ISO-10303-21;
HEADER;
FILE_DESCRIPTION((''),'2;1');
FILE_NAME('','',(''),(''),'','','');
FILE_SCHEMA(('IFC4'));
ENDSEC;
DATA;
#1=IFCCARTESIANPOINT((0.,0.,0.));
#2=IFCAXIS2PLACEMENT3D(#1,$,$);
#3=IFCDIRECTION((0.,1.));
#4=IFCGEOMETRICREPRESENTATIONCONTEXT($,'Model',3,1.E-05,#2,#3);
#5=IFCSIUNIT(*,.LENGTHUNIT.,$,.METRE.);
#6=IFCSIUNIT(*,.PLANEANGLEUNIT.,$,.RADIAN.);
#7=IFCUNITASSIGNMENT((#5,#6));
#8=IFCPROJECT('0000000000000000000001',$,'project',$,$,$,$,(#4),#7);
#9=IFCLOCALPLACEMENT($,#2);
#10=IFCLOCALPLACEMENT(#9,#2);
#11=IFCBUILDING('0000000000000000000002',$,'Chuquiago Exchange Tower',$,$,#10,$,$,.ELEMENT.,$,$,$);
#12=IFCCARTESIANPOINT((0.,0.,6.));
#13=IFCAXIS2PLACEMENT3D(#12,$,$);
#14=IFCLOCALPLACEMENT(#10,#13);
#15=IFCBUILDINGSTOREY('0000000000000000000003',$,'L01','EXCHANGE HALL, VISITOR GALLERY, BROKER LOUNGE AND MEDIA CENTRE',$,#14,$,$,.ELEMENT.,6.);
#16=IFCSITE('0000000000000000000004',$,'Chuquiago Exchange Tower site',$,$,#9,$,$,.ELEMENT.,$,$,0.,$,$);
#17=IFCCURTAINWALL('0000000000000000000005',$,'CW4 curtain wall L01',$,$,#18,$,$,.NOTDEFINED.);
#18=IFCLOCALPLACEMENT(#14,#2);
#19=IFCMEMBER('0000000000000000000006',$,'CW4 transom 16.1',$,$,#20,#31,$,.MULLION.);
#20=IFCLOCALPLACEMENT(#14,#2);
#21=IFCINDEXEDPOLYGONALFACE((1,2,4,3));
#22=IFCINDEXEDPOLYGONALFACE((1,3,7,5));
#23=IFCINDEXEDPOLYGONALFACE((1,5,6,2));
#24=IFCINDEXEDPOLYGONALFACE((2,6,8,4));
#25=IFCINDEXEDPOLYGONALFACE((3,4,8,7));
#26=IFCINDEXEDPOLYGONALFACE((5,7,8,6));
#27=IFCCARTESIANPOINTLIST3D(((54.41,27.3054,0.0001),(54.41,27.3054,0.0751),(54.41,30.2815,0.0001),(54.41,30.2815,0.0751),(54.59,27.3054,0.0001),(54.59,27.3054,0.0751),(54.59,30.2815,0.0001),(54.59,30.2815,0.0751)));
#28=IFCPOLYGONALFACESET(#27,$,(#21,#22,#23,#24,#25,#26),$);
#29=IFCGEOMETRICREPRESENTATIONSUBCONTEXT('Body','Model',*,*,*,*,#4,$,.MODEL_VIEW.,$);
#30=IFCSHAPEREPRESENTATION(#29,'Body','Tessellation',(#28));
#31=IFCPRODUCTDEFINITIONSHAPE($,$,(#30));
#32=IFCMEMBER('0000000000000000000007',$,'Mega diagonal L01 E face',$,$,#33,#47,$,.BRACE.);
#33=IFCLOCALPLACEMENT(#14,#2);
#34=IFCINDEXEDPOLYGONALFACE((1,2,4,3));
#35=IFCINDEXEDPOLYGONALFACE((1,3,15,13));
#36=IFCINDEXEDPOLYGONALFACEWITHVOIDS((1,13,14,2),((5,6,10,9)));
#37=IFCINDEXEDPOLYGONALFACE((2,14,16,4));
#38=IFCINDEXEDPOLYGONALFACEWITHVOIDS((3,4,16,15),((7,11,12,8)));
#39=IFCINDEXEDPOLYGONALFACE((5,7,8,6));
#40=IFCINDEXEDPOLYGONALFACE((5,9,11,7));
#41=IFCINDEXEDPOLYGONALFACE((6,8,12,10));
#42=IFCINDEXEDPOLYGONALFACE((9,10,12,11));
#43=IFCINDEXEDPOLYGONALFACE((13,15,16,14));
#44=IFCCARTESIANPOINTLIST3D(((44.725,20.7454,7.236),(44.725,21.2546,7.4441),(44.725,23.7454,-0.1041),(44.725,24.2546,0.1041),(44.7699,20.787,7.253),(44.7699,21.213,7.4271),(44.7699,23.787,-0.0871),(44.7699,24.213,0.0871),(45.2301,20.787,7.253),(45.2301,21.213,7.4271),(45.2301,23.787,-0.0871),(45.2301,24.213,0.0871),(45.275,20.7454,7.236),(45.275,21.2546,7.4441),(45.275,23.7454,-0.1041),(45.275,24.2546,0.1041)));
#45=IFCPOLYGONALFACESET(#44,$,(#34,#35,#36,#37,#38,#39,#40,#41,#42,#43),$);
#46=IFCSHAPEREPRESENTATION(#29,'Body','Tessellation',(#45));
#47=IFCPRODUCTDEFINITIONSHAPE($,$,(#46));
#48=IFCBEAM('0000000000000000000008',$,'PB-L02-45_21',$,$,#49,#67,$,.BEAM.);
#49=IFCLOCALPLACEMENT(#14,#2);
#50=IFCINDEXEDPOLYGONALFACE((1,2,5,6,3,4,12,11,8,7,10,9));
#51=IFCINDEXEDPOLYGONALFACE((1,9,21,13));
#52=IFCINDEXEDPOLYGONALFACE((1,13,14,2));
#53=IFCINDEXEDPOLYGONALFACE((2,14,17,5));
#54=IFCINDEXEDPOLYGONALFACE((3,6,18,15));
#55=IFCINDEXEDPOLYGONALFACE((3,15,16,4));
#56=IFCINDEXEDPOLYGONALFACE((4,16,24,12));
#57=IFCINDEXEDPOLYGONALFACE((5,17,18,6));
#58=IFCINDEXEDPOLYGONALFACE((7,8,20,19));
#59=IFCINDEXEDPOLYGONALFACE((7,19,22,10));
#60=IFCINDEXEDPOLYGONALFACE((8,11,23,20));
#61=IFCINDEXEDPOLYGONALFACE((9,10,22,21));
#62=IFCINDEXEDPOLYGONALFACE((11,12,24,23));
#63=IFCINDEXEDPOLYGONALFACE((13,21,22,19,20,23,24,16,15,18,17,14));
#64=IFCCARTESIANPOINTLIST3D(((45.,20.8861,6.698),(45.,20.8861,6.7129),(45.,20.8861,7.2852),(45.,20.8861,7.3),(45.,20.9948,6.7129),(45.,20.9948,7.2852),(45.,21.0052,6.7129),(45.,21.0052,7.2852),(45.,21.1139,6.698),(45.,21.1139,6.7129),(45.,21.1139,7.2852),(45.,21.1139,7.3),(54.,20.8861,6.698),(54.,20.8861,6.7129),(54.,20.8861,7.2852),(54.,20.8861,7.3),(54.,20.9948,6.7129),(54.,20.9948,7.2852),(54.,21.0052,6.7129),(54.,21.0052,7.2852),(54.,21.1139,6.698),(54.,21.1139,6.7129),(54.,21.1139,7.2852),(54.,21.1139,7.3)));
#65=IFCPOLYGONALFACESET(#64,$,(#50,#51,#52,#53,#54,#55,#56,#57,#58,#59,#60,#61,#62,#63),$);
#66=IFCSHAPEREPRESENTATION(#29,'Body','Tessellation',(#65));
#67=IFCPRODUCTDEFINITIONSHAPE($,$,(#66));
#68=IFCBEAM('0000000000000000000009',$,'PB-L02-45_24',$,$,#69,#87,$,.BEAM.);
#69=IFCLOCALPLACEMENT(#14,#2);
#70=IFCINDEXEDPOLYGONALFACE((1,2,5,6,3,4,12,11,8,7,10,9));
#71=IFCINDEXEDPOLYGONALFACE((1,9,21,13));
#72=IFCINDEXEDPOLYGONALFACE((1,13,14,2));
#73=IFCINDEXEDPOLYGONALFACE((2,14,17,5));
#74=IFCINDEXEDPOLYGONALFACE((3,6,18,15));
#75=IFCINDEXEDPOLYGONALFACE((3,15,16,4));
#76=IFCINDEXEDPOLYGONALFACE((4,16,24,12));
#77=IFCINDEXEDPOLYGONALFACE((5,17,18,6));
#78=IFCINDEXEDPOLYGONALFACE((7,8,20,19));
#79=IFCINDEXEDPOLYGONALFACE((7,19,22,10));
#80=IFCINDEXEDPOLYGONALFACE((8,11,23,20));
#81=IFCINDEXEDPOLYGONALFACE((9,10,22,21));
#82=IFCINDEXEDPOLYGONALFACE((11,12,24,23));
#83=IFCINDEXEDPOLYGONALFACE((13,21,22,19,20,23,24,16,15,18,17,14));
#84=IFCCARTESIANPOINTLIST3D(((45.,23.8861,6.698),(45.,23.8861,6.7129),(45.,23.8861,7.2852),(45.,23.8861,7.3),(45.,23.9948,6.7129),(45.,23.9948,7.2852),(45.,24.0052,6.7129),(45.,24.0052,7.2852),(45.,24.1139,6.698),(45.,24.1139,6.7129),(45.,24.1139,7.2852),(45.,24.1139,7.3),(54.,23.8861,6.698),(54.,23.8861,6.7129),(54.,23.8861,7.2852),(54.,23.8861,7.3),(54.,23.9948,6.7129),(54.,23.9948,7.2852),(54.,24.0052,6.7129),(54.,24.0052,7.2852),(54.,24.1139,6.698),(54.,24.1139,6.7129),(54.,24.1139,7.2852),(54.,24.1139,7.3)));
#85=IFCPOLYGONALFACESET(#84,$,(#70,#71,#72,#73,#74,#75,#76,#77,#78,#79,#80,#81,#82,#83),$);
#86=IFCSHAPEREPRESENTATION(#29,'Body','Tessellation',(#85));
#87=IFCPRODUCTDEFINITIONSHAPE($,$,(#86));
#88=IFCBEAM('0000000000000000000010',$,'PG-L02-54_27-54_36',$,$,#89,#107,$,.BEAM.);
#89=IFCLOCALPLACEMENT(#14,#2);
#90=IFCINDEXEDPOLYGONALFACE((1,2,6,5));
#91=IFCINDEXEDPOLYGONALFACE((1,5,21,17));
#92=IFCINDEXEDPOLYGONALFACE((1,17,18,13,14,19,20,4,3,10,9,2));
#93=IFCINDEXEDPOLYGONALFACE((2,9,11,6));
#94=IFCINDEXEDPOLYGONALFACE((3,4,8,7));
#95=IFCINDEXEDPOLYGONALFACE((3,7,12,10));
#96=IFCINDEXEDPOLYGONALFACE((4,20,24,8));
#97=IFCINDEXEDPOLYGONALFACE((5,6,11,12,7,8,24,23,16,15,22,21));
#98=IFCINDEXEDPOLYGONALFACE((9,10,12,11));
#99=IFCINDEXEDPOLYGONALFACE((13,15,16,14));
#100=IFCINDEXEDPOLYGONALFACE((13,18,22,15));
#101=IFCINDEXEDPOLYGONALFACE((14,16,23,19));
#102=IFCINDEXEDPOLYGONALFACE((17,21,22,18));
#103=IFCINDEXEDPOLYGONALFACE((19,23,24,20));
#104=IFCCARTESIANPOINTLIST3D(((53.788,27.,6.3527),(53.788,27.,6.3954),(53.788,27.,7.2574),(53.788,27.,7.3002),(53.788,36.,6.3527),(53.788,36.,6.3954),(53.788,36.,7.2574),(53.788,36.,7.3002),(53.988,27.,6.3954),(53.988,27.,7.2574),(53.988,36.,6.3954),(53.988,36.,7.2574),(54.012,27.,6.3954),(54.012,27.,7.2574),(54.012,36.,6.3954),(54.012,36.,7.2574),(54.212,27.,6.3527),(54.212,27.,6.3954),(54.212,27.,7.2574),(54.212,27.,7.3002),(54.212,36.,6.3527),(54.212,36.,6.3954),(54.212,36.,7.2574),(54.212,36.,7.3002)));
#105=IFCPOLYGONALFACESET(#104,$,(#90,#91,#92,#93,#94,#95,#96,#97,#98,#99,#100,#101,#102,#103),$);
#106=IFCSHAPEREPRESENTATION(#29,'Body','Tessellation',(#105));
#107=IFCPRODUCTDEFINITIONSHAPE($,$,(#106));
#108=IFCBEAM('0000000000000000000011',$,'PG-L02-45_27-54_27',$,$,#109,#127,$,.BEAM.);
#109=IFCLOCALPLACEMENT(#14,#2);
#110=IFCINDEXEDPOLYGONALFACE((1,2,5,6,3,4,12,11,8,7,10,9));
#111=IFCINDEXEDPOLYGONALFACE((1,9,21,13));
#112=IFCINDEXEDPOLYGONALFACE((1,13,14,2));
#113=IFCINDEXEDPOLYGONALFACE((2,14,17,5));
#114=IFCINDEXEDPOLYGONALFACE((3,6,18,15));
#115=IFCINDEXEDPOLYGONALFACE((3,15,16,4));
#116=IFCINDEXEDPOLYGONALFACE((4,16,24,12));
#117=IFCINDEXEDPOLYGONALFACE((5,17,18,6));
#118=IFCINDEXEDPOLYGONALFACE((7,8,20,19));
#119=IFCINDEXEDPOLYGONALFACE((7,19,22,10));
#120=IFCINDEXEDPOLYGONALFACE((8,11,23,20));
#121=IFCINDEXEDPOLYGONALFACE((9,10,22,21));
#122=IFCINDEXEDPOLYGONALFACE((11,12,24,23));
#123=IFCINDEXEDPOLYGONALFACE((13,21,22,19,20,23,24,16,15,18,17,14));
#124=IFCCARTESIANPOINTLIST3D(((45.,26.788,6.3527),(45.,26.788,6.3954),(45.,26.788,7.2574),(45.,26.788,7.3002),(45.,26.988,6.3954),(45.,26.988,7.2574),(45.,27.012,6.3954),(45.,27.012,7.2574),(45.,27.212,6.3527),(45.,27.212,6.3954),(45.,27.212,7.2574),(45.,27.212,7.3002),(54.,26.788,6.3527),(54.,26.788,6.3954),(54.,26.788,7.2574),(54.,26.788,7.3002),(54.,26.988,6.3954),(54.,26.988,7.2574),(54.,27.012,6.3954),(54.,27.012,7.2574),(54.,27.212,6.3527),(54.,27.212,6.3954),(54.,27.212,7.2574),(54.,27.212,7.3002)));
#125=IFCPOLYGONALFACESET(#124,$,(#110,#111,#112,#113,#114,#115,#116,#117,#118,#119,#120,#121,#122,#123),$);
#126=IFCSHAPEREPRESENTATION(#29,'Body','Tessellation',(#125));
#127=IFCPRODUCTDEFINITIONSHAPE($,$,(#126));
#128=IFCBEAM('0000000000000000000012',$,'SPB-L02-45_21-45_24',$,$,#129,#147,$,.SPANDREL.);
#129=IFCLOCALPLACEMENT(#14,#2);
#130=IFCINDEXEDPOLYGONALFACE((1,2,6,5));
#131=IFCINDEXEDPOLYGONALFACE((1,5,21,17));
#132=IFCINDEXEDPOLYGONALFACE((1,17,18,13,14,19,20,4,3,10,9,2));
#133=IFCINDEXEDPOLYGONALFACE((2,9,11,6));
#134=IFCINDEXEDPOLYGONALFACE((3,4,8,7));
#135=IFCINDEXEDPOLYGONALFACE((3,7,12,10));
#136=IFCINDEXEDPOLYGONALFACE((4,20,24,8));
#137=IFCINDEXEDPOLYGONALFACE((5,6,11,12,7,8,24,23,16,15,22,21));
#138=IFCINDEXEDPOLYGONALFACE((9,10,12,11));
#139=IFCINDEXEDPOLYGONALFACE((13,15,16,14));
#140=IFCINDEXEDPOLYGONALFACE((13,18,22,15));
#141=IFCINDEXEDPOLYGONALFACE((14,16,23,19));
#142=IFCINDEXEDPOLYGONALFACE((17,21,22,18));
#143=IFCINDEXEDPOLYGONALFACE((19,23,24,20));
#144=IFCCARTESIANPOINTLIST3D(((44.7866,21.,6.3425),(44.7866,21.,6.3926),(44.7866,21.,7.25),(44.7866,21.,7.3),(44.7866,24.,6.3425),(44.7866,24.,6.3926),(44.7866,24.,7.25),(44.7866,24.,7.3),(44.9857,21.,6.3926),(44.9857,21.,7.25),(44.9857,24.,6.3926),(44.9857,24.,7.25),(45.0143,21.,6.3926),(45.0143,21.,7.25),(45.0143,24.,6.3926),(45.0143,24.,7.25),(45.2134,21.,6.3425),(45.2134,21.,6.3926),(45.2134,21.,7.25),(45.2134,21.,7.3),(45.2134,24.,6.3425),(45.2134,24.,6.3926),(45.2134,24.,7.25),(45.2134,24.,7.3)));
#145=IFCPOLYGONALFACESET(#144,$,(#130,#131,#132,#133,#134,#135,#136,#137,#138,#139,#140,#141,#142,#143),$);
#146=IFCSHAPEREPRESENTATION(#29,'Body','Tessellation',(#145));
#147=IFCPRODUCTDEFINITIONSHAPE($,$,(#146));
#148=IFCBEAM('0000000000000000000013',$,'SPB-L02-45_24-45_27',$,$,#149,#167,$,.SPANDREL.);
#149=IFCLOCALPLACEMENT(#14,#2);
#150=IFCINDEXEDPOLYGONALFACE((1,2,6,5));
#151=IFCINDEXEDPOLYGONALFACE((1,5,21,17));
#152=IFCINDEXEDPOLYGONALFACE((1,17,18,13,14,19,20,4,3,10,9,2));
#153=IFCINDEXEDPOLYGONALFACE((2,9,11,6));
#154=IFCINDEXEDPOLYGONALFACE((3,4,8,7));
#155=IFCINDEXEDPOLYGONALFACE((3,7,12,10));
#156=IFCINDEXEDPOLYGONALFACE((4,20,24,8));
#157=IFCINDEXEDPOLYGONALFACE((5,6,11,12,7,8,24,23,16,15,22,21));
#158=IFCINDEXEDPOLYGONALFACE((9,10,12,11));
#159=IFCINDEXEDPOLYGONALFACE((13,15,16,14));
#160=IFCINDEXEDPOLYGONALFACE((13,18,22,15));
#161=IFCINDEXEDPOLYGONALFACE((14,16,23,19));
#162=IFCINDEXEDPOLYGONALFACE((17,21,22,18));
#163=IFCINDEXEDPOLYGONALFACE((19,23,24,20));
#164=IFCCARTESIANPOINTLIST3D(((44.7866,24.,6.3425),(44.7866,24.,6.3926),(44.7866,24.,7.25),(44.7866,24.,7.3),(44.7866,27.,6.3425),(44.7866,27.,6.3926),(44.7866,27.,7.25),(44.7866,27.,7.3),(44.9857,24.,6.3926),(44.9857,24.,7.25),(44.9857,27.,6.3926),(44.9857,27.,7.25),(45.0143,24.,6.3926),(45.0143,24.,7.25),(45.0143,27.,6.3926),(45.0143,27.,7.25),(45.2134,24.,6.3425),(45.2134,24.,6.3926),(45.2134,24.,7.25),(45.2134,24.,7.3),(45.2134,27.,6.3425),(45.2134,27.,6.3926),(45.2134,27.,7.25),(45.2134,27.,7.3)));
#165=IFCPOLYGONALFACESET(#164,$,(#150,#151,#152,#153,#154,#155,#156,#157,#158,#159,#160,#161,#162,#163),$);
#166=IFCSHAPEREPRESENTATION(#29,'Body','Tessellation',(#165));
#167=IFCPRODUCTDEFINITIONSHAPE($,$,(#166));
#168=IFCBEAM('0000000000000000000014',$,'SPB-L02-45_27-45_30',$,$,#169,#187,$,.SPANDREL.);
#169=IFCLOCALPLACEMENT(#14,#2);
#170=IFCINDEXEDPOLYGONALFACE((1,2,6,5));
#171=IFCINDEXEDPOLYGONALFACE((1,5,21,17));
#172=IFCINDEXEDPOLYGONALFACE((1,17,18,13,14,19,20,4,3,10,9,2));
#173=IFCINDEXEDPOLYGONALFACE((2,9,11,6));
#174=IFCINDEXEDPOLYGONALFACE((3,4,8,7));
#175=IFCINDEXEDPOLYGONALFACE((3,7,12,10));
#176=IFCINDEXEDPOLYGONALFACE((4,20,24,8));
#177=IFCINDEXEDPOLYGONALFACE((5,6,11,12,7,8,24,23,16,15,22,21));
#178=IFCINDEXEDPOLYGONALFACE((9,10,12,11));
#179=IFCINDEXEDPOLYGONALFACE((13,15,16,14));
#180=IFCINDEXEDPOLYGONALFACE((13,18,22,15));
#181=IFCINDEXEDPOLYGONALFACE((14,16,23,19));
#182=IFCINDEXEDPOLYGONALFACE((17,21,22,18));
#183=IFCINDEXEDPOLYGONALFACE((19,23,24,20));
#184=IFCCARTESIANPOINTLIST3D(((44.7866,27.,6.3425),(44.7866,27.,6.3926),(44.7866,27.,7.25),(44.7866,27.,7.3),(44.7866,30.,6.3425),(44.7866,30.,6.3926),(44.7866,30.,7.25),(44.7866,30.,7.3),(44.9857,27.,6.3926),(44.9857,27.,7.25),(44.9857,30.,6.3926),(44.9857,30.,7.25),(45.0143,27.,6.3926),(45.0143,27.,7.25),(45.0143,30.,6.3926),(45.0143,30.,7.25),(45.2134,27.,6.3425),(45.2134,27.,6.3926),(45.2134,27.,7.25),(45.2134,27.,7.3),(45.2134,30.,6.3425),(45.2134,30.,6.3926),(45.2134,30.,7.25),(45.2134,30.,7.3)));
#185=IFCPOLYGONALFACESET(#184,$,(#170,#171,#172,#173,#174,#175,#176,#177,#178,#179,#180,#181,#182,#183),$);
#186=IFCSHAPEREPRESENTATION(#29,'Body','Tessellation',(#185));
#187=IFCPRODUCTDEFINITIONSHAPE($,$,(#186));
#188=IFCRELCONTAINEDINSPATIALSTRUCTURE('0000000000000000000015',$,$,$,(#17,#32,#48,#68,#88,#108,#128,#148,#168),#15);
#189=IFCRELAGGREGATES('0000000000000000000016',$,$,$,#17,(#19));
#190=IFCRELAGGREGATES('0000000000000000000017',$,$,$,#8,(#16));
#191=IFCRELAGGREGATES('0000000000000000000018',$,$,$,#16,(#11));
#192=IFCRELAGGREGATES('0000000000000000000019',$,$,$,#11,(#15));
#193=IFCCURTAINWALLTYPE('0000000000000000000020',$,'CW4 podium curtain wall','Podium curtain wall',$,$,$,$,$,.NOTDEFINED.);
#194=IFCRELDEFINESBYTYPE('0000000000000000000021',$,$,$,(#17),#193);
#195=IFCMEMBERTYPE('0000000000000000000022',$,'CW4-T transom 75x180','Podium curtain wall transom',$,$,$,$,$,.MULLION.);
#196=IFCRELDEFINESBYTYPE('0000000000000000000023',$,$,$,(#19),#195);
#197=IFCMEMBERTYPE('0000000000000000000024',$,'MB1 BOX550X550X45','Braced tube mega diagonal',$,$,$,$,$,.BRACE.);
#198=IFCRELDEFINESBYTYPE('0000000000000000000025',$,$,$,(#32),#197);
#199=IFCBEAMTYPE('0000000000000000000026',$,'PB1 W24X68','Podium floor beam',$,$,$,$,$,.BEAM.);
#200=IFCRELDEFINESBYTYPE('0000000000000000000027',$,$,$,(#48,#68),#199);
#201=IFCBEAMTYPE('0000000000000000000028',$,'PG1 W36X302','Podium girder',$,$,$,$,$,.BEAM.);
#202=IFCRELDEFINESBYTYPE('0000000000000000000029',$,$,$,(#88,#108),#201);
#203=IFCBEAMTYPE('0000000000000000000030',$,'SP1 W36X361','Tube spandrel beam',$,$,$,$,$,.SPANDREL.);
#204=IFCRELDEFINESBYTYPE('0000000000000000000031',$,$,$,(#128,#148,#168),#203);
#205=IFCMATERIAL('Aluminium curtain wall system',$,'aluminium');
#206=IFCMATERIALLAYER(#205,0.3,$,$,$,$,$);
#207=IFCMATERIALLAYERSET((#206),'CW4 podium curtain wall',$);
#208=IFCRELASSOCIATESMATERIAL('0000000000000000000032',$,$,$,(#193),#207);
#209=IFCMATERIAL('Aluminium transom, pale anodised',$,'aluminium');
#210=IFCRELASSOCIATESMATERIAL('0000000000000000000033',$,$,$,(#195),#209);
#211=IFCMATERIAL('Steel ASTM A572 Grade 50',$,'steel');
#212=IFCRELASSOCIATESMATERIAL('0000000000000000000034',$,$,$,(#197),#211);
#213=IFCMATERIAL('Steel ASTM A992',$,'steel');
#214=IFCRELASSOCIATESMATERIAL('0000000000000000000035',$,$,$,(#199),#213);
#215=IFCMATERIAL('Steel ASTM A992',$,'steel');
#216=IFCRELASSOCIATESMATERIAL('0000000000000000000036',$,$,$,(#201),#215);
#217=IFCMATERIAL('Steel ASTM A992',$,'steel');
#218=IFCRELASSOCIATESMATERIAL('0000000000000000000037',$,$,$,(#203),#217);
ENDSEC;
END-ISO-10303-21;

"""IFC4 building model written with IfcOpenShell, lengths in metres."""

from ifc_helpers import new_model, si_unit, direction, frame, origin, origin_2d, place, context, subcontext, project, spatial, rectangle, hollow_rectangle, i_section, extrude, material, layer, layer_set, material_profile, profile_set, type_object, element, aggregate, save


model = new_model("IFC4")

# Units and contexts
model_context = context("Model", 3, precision=1e-05, world=origin(), true_north=direction((0.0, 1.0)))
body_context = subcontext(model_context, "Body", "Model", "MODEL_VIEW")
ifc_project = project(units=[si_unit("LENGTHUNIT", "METRE"), si_unit("PLANEANGLEUNIT", "RADIAN")], contexts=[model_context])

# Site, building, storey
site_placement = place(None, origin())
site = spatial("IfcSite", under=ifc_project, at=site_placement, Name="Chuquiago Exchange Tower site", CompositionType="ELEMENT", RefElevation=0.0)
building_placement = place(site_placement, origin())
building = spatial("IfcBuilding", under=site, at=building_placement, Name="Chuquiago Exchange Tower", CompositionType="ELEMENT")
storey_placement = place(building_placement, frame((0.0, 0.0, 6.0)))
storey = spatial("IfcBuildingStorey", under=building, at=storey_placement, Name="L01", Description="EXCHANGE HALL, VISITOR GALLERY, BROKER LOUNGE AND MEDIA CENTRE", CompositionType="ELEMENT", Elevation=6.0)

# Curtain wall, member
ifc_material_1 = material(Name="Aluminium curtain wall system", Category="aluminium")
ifc_layer_1 = layer(ifc_material_1, 0.3)
ifc_layer_set_1 = layer_set([ifc_layer_1], Name="CW4 podium curtain wall")
curtain_wall_type = type_object("IfcCurtainWallType", Name="CW4 podium curtain wall", Description="Podium curtain wall", PredefinedType="NOTDEFINED", material=ifc_layer_set_1)
curtain_wall_placement = place(storey_placement, origin())
curtain_wall = element("IfcCurtainWall", 1, at=curtain_wall_placement, inside=storey, type_object=curtain_wall_type, Name="CW4 curtain wall L01", PredefinedType="NOTDEFINED")
ifc_material_2 = material(Name="Aluminium transom, pale anodised", Category="aluminium")
ifc_material_profile_1 = material_profile(ifc_material_2, rectangle(XDim=0.1799, YDim=0.075, at=origin_2d()), Name="AL 180x75")
ifc_profile_set_1 = profile_set([ifc_material_profile_1], Name="Aluminium transom, pale anodised")
member_type_1 = type_object("IfcMemberType", Name="CW4-T transom 75x180", Description="Podium curtain wall transom", PredefinedType="MULLION", material=ifc_profile_set_1)
member_1_placement = place(storey_placement, frame((54.5, 27.3054, 0.0376), z_axis=(0.0, 1.0, 0.0), x_axis=(-1.0, 0.0, 0.0)))
member_1 = element("IfcMember", 2, at=member_1_placement, type_object=member_type_1, Name="CW4 transom 16.1", PredefinedType="MULLION", context=body_context, shape_type="SweptSolid", body=[
    extrude(rectangle(XDim=0.1799, YDim=0.075, at=origin_2d()), origin(), (0.0, 0.0, 1.0), 2.9761),
])

# Member
ifc_material_3 = material(Name="Steel ASTM A572 Grade 50", Category="steel")
ifc_material_profile_2 = material_profile(ifc_material_3, hollow_rectangle(XDim=0.55, YDim=0.55, WallThickness=0.0449, at=origin_2d()), Name="BOX550X550X45")
ifc_profile_set_2 = profile_set([ifc_material_profile_2], Name="Steel ASTM A572 Grade 50")
member_type_2 = type_object("IfcMemberType", Name="MB1 BOX550X550X45", Description="Braced tube mega diagonal", PredefinedType="BRACE", material=ifc_profile_set_2)
member_2_placement = place(storey_placement, frame((45.0, 24.0, 0.0), z_axis=(0.0, -0.378334, 0.925669), x_axis=(1.0, 0.0, 0.0)))
element("IfcMember", 3, at=member_2_placement, inside=storey, type_object=member_type_2, Name="Mega diagonal L01 E face", PredefinedType="BRACE", context=body_context, shape_type="SweptSolid", body=[
    extrude(hollow_rectangle(XDim=0.55, YDim=0.55, WallThickness=0.0449, at=origin_2d()), origin(), (0.0, 0.0, 1.0), 7.9294),
])

# Beams
ifc_material_4 = material(Name="Steel ASTM A992", Category="steel")
ifc_material_profile_3 = material_profile(ifc_material_4, i_section(OverallWidth=0.2278, OverallDepth=0.6021, WebThickness=0.0105, FlangeThickness=0.0149, at=origin_2d()), Name="W24X68")
ifc_profile_set_3 = profile_set([ifc_material_profile_3], Name="Steel ASTM A992")
beam_type_1 = type_object("IfcBeamType", Name="PB1 W24X68", Description="Podium floor beam", PredefinedType="BEAM", material=ifc_profile_set_3)
for number, where, z_axis, x_axis, name in (
    (4, (45.0, 21.0, 6.999), (1.0, 0.0, 0.0), (0.0, 1.0, 0.0), "PB-L02-45_21"),
    (5, (45.0, 24.0, 6.999), (1.0, 0.0, 0.0), (0.0, 1.0, 0.0), "PB-L02-45_24"),
):
    element("IfcBeam", number, at=place(storey_placement, frame(where, z_axis=z_axis, x_axis=x_axis)), inside=storey, type_object=beam_type_1, Name=name, PredefinedType="BEAM", context=body_context, shape_type="SweptSolid", body=[
        extrude(i_section(OverallWidth=0.2278, OverallDepth=0.6021, WebThickness=0.0105, FlangeThickness=0.0149, at=origin_2d()), origin(), (0.0, 0.0, 1.0), 9.0),
    ])
ifc_material_5 = material(Name="Steel ASTM A992", Category="steel")
ifc_material_profile_4 = material_profile(ifc_material_5, i_section(OverallWidth=0.4241, OverallDepth=0.9475, WebThickness=0.0239, FlangeThickness=0.0427, at=origin_2d()), Name="W36X302")
ifc_profile_set_4 = profile_set([ifc_material_profile_4], Name="Steel ASTM A992")
beam_type_2 = type_object("IfcBeamType", Name="PG1 W36X302", Description="Podium girder", PredefinedType="BEAM", material=ifc_profile_set_4)
for number, where, z_axis, x_axis, name in (
    (6, (54.0, 27.0, 6.8264), (0.0, 1.0, 0.0), (-1.0, 0.0, 0.0), "PG-L02-54_27-54_36"),
    (7, (45.0, 27.0, 6.8264), (1.0, 0.0, 0.0), (0.0, 1.0, 0.0), "PG-L02-45_27-54_27"),
):
    element("IfcBeam", number, at=place(storey_placement, frame(where, z_axis=z_axis, x_axis=x_axis)), inside=storey, type_object=beam_type_2, Name=name, PredefinedType="BEAM", context=body_context, shape_type="SweptSolid", body=[
        extrude(i_section(OverallWidth=0.4241, OverallDepth=0.9475, WebThickness=0.0239, FlangeThickness=0.0427, at=origin_2d()), origin(), (0.0, 0.0, 1.0), 9.0),
    ])
ifc_material_6 = material(Name="Steel ASTM A992", Category="steel")
ifc_material_profile_5 = material_profile(ifc_material_6, i_section(OverallWidth=0.4268, OverallDepth=0.9575, WebThickness=0.0286, FlangeThickness=0.05, at=origin_2d()), Name="W36X361")
ifc_profile_set_5 = profile_set([ifc_material_profile_5], Name="Steel ASTM A992")
beam_type_3 = type_object("IfcBeamType", Name="SP1 W36X361", Description="Tube spandrel beam", PredefinedType="SPANDREL", material=ifc_profile_set_5)
for number, where, z_axis, x_axis, name in (
    (8, (45.0, 21.0, 6.8213), (0.0, 1.0, 0.0), (-1.0, 0.0, 0.0), "SPB-L02-45_21-45_24"),
    (9, (45.0, 24.0, 6.8213), (0.0, 1.0, 0.0), (-1.0, 0.0, 0.0), "SPB-L02-45_24-45_27"),
    (10, (45.0, 27.0, 6.8213), (0.0, 1.0, 0.0), (-1.0, 0.0, 0.0), "SPB-L02-45_27-45_30"),
):
    element("IfcBeam", number, at=place(storey_placement, frame(where, z_axis=z_axis, x_axis=x_axis)), inside=storey, type_object=beam_type_3, Name=name, PredefinedType="SPANDREL", context=body_context, shape_type="SweptSolid", body=[
        extrude(i_section(OverallWidth=0.4268, OverallDepth=0.9575, WebThickness=0.0286, FlangeThickness=0.05, at=origin_2d()), origin(), (0.0, 0.0, 1.0), 3.0),
    ])

aggregate(curtain_wall, [member_1])

save(model, "model.ifc")
